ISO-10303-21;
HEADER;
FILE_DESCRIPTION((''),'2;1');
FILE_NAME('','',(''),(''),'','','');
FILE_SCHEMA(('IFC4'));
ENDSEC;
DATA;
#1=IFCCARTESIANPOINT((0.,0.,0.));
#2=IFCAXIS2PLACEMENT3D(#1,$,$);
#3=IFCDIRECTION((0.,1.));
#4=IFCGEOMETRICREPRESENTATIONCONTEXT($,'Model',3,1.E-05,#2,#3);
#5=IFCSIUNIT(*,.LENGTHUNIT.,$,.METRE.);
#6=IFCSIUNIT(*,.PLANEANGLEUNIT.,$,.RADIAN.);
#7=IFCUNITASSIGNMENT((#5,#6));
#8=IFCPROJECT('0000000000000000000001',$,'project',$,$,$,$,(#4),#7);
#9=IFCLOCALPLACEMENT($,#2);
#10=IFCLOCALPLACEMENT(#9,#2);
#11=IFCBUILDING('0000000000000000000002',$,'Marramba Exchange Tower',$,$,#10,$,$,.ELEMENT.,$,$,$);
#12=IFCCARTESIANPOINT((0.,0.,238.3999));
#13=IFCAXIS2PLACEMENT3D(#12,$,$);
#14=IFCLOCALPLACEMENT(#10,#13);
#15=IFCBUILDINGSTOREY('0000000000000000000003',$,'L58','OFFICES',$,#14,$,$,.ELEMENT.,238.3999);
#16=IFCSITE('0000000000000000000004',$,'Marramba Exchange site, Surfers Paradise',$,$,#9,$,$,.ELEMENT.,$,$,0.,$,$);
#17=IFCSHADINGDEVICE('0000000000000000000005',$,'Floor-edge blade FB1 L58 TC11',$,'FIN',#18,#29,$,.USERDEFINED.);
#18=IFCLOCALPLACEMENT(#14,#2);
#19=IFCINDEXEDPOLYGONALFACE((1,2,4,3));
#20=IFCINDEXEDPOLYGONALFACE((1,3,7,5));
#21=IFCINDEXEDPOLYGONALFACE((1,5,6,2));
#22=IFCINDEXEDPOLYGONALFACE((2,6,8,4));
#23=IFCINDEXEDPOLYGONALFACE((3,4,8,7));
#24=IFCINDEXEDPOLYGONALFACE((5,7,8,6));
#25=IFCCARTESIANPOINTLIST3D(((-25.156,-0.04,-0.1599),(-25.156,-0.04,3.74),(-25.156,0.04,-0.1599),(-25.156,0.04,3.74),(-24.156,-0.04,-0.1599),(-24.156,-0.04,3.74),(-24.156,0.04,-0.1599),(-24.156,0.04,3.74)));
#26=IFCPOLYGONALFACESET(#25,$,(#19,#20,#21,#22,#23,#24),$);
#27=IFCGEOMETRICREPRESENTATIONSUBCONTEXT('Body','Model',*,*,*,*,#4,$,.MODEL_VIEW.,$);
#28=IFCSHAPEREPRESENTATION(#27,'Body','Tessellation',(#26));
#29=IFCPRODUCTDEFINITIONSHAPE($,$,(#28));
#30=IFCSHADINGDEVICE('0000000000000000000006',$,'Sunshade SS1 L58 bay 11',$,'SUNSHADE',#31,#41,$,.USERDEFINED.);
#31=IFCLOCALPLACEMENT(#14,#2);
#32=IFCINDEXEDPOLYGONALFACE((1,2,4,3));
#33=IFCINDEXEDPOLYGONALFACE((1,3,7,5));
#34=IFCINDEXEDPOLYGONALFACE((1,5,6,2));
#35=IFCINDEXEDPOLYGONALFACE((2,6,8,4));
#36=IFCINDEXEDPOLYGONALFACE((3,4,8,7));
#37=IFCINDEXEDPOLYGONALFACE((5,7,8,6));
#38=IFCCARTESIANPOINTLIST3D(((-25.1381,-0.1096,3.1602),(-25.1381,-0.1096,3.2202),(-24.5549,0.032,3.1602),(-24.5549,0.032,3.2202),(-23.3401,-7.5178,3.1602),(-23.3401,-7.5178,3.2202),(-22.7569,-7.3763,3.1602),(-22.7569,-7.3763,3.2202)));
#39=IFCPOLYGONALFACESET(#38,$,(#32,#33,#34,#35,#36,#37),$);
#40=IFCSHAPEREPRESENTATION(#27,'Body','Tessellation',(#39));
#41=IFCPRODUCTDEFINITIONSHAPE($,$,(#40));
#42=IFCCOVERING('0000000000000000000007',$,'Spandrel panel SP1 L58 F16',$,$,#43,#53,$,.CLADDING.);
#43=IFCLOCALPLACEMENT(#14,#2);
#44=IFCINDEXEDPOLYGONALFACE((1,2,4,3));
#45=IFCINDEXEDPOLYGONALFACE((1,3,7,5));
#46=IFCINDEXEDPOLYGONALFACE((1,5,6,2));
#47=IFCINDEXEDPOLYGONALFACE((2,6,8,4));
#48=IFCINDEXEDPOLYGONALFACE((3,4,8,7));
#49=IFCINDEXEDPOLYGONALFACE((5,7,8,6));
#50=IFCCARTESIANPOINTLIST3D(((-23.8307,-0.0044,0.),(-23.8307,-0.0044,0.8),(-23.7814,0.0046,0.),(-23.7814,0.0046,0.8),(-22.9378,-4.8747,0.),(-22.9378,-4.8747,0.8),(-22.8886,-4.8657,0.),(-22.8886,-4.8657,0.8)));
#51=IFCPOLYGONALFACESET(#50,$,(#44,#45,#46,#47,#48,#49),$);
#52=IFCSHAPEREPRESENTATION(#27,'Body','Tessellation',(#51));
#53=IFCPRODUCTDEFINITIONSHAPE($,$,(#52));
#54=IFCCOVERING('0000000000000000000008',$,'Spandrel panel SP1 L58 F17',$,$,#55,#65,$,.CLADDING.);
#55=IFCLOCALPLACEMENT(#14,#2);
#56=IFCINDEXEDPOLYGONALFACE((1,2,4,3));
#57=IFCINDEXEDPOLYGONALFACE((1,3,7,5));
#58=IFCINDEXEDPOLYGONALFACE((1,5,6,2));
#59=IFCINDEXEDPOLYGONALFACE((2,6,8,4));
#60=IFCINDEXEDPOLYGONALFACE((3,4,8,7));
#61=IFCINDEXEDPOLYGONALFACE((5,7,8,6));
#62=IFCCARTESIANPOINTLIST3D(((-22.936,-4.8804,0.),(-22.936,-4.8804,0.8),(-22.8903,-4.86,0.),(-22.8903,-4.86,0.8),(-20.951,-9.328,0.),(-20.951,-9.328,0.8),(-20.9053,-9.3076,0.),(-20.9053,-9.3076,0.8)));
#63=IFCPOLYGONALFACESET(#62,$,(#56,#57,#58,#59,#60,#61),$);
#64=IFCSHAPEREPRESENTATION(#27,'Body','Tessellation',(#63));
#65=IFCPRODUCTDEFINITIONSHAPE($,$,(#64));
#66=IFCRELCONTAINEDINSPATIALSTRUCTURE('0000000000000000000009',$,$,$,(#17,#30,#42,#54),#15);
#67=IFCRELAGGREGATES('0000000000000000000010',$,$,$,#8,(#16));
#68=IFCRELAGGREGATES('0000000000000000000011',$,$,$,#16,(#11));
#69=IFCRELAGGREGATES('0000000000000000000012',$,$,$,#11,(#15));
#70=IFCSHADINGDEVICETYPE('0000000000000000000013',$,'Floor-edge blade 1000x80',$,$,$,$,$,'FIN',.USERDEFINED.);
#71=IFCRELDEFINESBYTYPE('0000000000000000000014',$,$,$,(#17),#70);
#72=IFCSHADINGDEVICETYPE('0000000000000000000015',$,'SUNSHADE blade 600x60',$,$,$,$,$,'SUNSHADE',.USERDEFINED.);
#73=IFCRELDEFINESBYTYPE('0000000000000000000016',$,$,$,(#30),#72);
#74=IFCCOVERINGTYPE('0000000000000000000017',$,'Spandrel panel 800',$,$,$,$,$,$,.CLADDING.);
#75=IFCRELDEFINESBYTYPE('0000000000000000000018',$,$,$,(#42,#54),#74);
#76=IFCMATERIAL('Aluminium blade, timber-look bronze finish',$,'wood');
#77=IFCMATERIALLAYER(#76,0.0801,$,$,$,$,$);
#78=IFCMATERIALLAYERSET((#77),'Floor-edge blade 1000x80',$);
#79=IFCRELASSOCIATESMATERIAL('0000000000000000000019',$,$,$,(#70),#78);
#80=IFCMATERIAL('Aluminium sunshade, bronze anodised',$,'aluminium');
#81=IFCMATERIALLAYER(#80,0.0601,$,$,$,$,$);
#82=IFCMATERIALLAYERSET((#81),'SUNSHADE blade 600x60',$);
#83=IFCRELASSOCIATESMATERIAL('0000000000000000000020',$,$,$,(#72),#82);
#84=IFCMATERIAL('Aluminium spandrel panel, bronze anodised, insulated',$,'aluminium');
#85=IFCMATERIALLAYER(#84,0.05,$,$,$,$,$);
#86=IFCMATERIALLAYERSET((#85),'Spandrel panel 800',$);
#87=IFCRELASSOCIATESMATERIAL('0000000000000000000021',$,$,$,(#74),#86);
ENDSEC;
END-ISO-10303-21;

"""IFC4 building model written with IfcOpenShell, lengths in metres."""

from ifc_helpers import new_model, si_unit, direction, frame, origin, origin_2d, place, context, subcontext, project, spatial, rectangle, extrude, material, layer, layer_set, type_object, element, save


model = new_model("IFC4")

# Units and contexts
model_context = context("Model", 3, precision=1e-05, world=origin(), true_north=direction((0.0, 1.0)))
body_context = subcontext(model_context, "Body", "Model", "MODEL_VIEW")
ifc_project = project(units=[si_unit("LENGTHUNIT", "METRE"), si_unit("PLANEANGLEUNIT", "RADIAN")], contexts=[model_context])

# Site, building, storey
site_placement = place(None, origin())
site = spatial("IfcSite", under=ifc_project, at=site_placement, Name="Marramba Exchange site, Surfers Paradise", CompositionType="ELEMENT", RefElevation=0.0)
building_placement = place(site_placement, origin())
building = spatial("IfcBuilding", under=site, at=building_placement, Name="Marramba Exchange Tower", CompositionType="ELEMENT")
storey_placement = place(building_placement, frame((0.0, 0.0, 238.3999)))
storey = spatial("IfcBuildingStorey", under=building, at=storey_placement, Name="L58", Description="OFFICES", CompositionType="ELEMENT", Elevation=238.3999)

# Shading devices
ifc_material_1 = material(Name="Aluminium blade, timber-look bronze finish", Category="wood")
ifc_layer_1 = layer(ifc_material_1, 0.0801)
ifc_layer_set_1 = layer_set([ifc_layer_1], Name="Floor-edge blade 1000x80")
shading_device_type_1 = type_object("IfcShadingDeviceType", Name="Floor-edge blade 1000x80", ElementType="FIN", PredefinedType="USERDEFINED", material=ifc_layer_set_1)
shading_device_1_placement = place(storey_placement, frame((-24.656, 0.0, -0.1599), z_axis=(0.0, 0.0, 1.0), x_axis=(-1.0, 0.0, 0.0)))
element("IfcShadingDevice", 1, at=shading_device_1_placement, inside=storey, type_object=shading_device_type_1, Name="Floor-edge blade FB1 L58 TC11", ObjectType="FIN", PredefinedType="USERDEFINED", context=body_context, shape_type="SweptSolid", body=[
    extrude(rectangle(XDim=1.0, YDim=0.0801, at=origin_2d()), origin(), (0.0, 0.0, 1.0), 3.8999),
])
ifc_material_2 = material(Name="Aluminium sunshade, bronze anodised", Category="aluminium")
ifc_layer_2 = layer(ifc_material_2, 0.0601)
ifc_layer_set_2 = layer_set([ifc_layer_2], Name="SUNSHADE blade 600x60")
shading_device_type_2 = type_object("IfcShadingDeviceType", Name="SUNSHADE blade 600x60", ElementType="SUNSHADE", PredefinedType="USERDEFINED", material=ifc_layer_set_2)
shading_device_2_placement = place(storey_placement, frame((-23.9475, -3.7429, 3.1602), z_axis=(0.0, 0.0, 1.0), x_axis=(0.235861, -0.971787, 0.0)))
element("IfcShadingDevice", 2, at=shading_device_2_placement, inside=storey, type_object=shading_device_type_2, Name="Sunshade SS1 L58 bay 11", ObjectType="SUNSHADE", PredefinedType="USERDEFINED", context=body_context, shape_type="SweptSolid", body=[
    extrude(rectangle(XDim=7.6233, YDim=0.6001, at=origin_2d()), origin(), (0.0, 0.0, 1.0), 0.0601),
])

# Coverings
ifc_material_3 = material(Name="Aluminium spandrel panel, bronze anodised, insulated", Category="aluminium")
ifc_layer_3 = layer(ifc_material_3, 0.05)
ifc_layer_set_3 = layer_set([ifc_layer_3], Name="Spandrel panel 800")
covering_type = type_object("IfcCoveringType", Name="Spandrel panel 800", PredefinedType="CLADDING", material=ifc_layer_set_3)
covering_1_placement = place(storey_placement, frame((-23.3596, -2.4351, 0.0), z_axis=(0.0, 0.0, 1.0), x_axis=(0.180327, -0.983607, 0.0)))
element("IfcCovering", 3, at=covering_1_placement, inside=storey, type_object=covering_type, Name="Spandrel panel SP1 L58 F16", PredefinedType="CLADDING", context=body_context, shape_type="SweptSolid", body=[
    extrude(rectangle(XDim=4.9514, YDim=0.05, at=origin_2d()), origin(), (0.0, 0.0, 1.0), 0.8),
])
covering_2_placement = place(storey_placement, frame((-21.9207, -7.094, 0.0), z_axis=(0.0, 0.0, 1.0), x_axis=(0.407558, -0.91318, 0.0)))
element("IfcCovering", 4, at=covering_2_placement, inside=storey, type_object=covering_type, Name="Spandrel panel SP1 L58 F17", PredefinedType="CLADDING", context=body_context, shape_type="SweptSolid", body=[
    extrude(rectangle(XDim=4.8704, YDim=0.05, at=origin_2d()), origin(), (0.0, 0.0, 1.0), 0.8),
])

save(model, "model.ifc")
